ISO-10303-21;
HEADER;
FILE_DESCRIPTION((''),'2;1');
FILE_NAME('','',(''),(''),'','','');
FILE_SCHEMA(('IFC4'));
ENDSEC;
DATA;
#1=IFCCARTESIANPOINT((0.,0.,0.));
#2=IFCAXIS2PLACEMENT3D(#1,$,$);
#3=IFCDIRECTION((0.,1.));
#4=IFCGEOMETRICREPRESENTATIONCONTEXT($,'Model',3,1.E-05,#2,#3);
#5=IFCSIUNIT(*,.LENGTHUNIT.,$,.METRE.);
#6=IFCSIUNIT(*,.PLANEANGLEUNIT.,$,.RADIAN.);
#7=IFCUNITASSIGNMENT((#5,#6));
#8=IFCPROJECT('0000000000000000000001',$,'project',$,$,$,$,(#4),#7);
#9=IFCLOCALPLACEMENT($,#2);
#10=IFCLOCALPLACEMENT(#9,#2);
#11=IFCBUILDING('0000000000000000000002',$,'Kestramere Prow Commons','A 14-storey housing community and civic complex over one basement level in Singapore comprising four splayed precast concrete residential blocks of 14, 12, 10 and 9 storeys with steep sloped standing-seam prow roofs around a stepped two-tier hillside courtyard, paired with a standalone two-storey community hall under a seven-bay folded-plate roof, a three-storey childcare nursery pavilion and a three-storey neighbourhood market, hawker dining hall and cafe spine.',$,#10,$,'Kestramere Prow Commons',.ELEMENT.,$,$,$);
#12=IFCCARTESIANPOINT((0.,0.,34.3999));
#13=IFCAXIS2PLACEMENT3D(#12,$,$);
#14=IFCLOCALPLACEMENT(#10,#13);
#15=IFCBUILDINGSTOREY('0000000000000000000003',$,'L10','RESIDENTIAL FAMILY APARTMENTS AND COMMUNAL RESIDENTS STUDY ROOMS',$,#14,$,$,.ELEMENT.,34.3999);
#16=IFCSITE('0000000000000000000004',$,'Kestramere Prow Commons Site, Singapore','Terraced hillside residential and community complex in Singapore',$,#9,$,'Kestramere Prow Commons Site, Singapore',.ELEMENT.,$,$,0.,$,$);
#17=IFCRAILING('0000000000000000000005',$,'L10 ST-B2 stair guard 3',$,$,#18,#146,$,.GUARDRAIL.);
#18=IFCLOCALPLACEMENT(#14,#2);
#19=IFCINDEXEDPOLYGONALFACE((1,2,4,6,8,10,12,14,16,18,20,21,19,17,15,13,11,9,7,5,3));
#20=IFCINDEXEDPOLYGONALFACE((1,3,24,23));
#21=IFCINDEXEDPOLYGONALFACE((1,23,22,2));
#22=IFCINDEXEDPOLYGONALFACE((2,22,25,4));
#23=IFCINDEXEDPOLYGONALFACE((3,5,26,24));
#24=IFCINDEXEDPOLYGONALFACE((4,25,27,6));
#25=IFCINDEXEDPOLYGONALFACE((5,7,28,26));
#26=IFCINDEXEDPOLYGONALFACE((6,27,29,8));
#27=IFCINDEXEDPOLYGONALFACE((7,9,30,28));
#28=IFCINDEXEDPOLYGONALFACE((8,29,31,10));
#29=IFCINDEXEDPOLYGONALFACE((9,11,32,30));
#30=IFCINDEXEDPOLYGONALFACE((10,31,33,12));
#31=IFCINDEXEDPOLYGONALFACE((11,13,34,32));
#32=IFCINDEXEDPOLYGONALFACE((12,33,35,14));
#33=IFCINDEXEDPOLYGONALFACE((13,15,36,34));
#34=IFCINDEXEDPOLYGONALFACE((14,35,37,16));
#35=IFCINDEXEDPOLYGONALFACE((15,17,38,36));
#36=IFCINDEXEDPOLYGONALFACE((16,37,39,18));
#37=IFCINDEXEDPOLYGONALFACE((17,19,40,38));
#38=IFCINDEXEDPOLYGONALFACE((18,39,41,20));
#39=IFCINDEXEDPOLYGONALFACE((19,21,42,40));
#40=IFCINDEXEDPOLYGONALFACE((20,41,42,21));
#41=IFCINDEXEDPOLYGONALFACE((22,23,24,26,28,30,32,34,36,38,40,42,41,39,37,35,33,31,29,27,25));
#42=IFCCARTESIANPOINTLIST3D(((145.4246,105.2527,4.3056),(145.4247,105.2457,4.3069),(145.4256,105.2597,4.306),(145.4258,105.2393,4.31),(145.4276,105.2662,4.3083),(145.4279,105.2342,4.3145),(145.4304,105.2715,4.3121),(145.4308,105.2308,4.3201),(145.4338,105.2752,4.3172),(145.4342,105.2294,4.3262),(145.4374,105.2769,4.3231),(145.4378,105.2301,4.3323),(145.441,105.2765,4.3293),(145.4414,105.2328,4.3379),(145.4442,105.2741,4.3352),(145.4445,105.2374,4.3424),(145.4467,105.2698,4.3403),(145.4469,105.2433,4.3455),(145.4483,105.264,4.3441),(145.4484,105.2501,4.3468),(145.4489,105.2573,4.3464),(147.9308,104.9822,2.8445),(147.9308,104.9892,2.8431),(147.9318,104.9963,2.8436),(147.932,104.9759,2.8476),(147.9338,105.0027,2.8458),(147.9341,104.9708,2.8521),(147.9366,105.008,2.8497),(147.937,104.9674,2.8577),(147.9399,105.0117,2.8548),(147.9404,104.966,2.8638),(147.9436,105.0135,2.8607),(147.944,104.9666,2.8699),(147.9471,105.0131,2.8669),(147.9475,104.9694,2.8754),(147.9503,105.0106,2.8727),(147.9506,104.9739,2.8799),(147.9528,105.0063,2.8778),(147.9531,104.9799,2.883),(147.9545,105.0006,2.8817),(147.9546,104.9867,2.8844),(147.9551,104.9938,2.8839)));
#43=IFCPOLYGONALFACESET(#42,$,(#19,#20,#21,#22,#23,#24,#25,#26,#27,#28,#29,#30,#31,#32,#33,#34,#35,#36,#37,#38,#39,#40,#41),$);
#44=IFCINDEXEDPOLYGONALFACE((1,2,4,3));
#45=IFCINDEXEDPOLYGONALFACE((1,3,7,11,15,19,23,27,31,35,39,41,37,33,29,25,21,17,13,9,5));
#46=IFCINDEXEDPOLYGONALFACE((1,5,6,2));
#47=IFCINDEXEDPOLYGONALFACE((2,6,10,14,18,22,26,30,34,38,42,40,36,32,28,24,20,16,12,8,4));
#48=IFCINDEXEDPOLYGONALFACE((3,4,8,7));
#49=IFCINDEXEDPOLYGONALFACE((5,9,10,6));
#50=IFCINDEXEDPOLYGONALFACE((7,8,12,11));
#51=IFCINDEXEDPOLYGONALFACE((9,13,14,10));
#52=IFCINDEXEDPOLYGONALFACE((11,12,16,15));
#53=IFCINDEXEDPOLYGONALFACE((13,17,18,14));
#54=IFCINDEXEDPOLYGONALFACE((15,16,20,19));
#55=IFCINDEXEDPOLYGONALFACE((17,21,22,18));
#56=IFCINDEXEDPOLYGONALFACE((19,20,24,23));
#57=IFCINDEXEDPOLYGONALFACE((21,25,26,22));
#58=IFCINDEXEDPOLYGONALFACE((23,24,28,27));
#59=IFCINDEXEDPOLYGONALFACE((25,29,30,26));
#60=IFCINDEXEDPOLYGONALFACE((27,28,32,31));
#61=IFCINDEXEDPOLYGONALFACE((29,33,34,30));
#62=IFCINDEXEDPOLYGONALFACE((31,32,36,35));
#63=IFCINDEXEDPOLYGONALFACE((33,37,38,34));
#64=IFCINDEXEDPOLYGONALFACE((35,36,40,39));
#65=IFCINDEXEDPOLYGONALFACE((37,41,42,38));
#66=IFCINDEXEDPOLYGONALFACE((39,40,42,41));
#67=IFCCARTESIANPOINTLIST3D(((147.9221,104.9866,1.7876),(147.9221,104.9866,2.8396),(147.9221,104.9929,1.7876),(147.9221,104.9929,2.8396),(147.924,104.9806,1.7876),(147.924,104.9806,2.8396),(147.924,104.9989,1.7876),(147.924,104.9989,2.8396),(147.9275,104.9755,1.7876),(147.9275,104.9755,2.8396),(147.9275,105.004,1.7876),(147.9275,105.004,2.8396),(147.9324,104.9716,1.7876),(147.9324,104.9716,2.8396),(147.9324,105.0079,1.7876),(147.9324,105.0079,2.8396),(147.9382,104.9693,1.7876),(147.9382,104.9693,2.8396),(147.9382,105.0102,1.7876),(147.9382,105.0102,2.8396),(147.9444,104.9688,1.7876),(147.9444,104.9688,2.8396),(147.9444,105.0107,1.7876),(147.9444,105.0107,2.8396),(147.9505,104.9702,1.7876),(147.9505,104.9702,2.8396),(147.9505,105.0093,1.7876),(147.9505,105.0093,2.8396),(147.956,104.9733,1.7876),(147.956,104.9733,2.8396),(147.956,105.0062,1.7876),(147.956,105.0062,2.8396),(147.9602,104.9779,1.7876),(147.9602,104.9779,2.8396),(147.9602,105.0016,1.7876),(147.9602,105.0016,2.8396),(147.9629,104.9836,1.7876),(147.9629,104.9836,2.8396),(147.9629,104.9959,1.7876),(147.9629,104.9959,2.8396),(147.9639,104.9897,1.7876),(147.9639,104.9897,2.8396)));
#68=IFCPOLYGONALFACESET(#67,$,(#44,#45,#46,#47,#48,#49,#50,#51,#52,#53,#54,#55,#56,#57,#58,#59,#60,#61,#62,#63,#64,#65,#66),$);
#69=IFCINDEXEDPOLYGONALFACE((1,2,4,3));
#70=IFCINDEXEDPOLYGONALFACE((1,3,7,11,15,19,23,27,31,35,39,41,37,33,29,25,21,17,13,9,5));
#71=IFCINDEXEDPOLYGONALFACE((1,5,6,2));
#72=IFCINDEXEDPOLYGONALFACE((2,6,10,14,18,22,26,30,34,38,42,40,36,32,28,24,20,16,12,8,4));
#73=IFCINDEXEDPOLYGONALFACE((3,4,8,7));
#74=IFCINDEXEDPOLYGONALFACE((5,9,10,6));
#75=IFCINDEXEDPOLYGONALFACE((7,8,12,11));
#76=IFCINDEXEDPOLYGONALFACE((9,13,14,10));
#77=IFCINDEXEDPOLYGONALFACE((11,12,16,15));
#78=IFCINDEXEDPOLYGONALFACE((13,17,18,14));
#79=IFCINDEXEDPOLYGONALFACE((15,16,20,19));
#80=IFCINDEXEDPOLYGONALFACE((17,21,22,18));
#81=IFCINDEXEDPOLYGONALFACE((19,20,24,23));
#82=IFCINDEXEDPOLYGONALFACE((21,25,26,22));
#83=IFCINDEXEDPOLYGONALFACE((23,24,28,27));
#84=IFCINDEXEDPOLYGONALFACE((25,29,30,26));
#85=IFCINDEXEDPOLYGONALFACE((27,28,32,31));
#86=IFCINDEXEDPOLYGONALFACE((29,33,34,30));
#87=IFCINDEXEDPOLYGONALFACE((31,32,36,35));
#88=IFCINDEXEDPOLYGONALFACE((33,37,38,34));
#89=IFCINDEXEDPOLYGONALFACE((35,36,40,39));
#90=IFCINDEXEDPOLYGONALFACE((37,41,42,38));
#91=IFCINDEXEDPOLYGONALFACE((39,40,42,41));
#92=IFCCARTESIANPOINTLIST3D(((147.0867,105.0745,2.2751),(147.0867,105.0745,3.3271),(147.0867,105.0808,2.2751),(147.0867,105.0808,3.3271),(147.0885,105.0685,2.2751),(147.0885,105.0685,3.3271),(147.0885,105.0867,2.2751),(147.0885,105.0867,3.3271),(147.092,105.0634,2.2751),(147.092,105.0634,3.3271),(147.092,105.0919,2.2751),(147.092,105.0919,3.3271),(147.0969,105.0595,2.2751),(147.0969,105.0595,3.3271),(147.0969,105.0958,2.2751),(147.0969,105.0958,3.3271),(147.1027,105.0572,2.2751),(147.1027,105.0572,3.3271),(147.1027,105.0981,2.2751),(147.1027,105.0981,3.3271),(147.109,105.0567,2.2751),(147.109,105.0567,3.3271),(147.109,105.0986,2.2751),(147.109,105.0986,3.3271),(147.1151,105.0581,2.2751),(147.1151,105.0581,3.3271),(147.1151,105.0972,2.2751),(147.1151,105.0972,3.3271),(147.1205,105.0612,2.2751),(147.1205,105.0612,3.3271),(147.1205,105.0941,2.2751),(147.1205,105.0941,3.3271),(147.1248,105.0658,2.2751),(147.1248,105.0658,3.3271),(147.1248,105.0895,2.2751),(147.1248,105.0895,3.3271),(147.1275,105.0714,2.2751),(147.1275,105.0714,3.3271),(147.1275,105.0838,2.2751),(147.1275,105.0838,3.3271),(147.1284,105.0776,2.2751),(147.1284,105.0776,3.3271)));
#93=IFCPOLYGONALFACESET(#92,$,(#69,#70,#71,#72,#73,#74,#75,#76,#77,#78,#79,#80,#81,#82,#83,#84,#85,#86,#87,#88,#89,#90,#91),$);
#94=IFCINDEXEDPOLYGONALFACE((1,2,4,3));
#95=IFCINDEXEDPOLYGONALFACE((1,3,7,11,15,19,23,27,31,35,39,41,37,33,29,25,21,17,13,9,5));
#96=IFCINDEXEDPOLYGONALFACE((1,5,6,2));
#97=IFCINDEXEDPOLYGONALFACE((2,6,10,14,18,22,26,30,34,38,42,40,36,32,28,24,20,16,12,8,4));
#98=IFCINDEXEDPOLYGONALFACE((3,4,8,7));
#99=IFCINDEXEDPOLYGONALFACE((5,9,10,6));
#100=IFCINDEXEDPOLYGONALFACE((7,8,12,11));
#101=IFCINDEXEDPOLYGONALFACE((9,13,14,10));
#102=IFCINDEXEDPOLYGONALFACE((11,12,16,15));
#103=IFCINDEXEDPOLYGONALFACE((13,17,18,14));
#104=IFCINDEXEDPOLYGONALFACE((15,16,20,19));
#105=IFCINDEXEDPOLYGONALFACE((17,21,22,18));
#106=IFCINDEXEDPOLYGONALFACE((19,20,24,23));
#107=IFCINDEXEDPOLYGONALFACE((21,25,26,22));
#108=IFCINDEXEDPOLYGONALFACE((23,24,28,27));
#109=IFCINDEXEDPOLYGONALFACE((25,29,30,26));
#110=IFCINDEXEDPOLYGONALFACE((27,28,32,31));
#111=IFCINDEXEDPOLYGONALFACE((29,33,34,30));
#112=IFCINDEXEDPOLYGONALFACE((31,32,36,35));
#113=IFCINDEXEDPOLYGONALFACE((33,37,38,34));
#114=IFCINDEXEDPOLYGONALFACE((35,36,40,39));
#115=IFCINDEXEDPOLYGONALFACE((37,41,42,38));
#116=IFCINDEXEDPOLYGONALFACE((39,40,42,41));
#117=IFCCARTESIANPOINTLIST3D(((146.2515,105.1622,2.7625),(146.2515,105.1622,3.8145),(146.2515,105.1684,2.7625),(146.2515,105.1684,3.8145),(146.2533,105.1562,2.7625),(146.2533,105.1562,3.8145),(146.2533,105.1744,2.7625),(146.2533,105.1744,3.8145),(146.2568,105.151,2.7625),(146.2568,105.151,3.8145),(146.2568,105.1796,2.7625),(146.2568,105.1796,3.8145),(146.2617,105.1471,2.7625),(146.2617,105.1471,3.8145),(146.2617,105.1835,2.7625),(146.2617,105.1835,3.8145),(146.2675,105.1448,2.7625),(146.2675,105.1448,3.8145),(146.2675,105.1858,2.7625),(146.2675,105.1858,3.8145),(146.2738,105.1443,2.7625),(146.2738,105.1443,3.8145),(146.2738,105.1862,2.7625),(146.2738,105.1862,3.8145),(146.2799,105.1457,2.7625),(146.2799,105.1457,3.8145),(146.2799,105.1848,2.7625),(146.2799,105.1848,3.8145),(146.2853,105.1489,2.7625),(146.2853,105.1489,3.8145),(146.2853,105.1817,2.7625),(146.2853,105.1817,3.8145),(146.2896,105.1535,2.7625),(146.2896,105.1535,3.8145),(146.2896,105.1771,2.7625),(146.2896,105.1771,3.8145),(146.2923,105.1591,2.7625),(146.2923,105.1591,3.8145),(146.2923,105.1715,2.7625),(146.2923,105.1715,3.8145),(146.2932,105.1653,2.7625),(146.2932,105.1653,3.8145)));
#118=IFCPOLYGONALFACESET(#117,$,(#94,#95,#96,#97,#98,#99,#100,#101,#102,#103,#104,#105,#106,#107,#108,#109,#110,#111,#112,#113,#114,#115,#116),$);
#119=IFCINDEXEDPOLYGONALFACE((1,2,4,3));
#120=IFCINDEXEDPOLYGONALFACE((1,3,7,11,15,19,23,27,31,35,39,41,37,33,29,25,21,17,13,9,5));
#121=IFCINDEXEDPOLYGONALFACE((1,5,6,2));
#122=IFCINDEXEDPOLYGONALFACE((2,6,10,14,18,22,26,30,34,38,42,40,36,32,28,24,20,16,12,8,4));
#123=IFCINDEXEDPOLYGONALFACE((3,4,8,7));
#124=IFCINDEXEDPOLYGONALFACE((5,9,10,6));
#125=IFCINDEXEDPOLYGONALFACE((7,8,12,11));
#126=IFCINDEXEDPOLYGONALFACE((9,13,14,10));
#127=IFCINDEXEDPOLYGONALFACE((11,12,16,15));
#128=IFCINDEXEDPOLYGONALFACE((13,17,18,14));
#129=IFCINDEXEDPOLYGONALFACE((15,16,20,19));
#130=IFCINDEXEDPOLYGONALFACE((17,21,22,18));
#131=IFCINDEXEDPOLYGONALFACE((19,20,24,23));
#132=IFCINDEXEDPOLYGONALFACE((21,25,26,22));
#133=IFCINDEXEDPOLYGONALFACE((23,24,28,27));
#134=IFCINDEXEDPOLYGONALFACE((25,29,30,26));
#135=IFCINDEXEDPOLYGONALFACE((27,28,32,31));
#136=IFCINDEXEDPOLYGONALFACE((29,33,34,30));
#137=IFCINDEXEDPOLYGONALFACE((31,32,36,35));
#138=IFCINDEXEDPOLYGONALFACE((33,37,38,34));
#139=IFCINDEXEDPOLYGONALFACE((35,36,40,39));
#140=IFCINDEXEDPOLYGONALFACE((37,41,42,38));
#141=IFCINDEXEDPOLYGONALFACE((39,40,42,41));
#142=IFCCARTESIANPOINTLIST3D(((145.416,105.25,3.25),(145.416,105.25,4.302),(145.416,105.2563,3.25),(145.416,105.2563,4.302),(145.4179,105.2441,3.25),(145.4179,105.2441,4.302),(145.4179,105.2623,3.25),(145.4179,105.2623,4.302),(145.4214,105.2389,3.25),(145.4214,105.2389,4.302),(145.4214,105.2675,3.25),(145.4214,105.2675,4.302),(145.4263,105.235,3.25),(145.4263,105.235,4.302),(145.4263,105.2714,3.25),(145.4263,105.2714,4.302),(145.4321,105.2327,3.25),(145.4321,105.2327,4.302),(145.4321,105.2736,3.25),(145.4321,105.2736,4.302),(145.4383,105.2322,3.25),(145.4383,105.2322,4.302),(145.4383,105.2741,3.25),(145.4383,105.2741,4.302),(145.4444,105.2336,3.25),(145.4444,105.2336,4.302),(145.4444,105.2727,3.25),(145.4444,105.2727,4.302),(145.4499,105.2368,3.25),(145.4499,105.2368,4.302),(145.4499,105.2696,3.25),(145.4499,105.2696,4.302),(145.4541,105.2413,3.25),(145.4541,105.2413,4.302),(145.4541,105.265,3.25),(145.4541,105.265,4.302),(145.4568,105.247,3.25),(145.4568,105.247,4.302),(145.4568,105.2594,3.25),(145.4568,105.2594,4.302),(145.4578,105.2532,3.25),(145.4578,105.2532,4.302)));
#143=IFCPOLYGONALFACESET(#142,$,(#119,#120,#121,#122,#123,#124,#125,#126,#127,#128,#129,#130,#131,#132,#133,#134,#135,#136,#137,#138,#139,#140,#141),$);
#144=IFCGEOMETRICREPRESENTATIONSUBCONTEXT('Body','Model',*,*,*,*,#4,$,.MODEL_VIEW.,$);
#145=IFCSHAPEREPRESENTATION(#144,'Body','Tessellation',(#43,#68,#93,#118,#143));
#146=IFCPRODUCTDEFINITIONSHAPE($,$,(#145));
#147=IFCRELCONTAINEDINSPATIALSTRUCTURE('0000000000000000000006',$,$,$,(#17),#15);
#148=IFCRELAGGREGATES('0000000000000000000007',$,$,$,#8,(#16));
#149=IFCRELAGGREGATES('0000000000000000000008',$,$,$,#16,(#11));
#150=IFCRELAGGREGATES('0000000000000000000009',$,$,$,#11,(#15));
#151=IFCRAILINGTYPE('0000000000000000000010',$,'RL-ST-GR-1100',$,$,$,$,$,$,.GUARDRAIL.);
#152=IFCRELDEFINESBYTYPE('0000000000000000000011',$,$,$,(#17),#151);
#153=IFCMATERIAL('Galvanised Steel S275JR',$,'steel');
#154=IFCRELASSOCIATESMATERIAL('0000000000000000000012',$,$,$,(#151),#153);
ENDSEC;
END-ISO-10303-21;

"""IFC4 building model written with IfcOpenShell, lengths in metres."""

from ifc_helpers import new_model, si_unit, direction, frame, origin, origin_2d, place, context, subcontext, project, spatial, circle, extrude, material, type_object, element, save


model = new_model("IFC4")

# Units and contexts
model_context = context("Model", 3, precision=1e-05, world=origin(), true_north=direction((0.0, 1.0)))
body_context = subcontext(model_context, "Body", "Model", "MODEL_VIEW")
ifc_project = project(units=[si_unit("LENGTHUNIT", "METRE"), si_unit("PLANEANGLEUNIT", "RADIAN")], contexts=[model_context])

# Site, building, storey
site_placement = place(None, origin())
site = spatial("IfcSite", under=ifc_project, at=site_placement, Name="Kestramere Prow Commons Site, Singapore", Description="Terraced hillside residential and community complex in Singapore", LongName="Kestramere Prow Commons Site, Singapore", CompositionType="ELEMENT", RefElevation=0.0)
building_placement = place(site_placement, origin())
building = spatial("IfcBuilding", under=site, at=building_placement, Name="Kestramere Prow Commons", Description="A 14-storey housing community and civic complex over one basement level in Singapore comprising four splayed precast concrete residential blocks of 14, 12, 10 and 9 storeys with steep sloped standing-seam prow roofs around a stepped two-tier hillside courtyard, paired with a standalone two-storey community hall under a seven-bay folded-plate roof, a three-storey childcare nursery pavilion and a three-storey neighbourhood market, hawker dining hall and cafe spine.", LongName="Kestramere Prow Commons", CompositionType="ELEMENT")
storey_placement = place(building_placement, frame((0.0, 0.0, 34.3999)))
storey = spatial("IfcBuildingStorey", under=building, at=storey_placement, Name="L10", Description="RESIDENTIAL FAMILY APARTMENTS AND COMMUNAL RESIDENTS STUDY ROOMS", CompositionType="ELEMENT", Elevation=34.3999)

# Railing
ifc_material_1 = material(Name="Galvanised Steel S275JR", Category="steel")
railing_type_1 = type_object("IfcRailingType", Name="RL-ST-GR-1100", PredefinedType="GUARDRAIL", material=ifc_material_1)
railing_1_placement = place(storey_placement, frame((147.9429, 104.9897, 1.7876)))
element("IfcRailing", 1, at=railing_1_placement, inside=storey, type_object=railing_type_1, Name="L10 ST-B2 stair guard 3", PredefinedType="GUARDRAIL", context=body_context, shape_type="SweptSolid", body=[
    extrude(circle(Radius=0.0239, at=origin_2d()), frame((0.0, 0.0, 1.0762), z_axis=(-0.860165, 0.090416, 0.501937), x_axis=(-0.104539, -0.994521, 0.0)), (0.0, 0.0, 1.0), 2.9136),
    extrude(circle(Radius=0.021, at=origin_2d()), origin(), (0.0, 0.0, 1.0), 1.052),
    extrude(circle(Radius=0.021, at=origin_2d()), frame((-0.8354, 0.0879, 0.4875)), (0.0, 0.0, 1.0), 1.052),
    extrude(circle(Radius=0.021, at=origin_2d()), frame((-1.6707, 0.1755, 0.9749)), (0.0, 0.0, 1.0), 1.052),
    extrude(circle(Radius=0.021, at=origin_2d()), frame((-2.5061, 0.2634, 1.4624)), (0.0, 0.0, 1.0), 1.052),
])

save(model, "model.ifc")
